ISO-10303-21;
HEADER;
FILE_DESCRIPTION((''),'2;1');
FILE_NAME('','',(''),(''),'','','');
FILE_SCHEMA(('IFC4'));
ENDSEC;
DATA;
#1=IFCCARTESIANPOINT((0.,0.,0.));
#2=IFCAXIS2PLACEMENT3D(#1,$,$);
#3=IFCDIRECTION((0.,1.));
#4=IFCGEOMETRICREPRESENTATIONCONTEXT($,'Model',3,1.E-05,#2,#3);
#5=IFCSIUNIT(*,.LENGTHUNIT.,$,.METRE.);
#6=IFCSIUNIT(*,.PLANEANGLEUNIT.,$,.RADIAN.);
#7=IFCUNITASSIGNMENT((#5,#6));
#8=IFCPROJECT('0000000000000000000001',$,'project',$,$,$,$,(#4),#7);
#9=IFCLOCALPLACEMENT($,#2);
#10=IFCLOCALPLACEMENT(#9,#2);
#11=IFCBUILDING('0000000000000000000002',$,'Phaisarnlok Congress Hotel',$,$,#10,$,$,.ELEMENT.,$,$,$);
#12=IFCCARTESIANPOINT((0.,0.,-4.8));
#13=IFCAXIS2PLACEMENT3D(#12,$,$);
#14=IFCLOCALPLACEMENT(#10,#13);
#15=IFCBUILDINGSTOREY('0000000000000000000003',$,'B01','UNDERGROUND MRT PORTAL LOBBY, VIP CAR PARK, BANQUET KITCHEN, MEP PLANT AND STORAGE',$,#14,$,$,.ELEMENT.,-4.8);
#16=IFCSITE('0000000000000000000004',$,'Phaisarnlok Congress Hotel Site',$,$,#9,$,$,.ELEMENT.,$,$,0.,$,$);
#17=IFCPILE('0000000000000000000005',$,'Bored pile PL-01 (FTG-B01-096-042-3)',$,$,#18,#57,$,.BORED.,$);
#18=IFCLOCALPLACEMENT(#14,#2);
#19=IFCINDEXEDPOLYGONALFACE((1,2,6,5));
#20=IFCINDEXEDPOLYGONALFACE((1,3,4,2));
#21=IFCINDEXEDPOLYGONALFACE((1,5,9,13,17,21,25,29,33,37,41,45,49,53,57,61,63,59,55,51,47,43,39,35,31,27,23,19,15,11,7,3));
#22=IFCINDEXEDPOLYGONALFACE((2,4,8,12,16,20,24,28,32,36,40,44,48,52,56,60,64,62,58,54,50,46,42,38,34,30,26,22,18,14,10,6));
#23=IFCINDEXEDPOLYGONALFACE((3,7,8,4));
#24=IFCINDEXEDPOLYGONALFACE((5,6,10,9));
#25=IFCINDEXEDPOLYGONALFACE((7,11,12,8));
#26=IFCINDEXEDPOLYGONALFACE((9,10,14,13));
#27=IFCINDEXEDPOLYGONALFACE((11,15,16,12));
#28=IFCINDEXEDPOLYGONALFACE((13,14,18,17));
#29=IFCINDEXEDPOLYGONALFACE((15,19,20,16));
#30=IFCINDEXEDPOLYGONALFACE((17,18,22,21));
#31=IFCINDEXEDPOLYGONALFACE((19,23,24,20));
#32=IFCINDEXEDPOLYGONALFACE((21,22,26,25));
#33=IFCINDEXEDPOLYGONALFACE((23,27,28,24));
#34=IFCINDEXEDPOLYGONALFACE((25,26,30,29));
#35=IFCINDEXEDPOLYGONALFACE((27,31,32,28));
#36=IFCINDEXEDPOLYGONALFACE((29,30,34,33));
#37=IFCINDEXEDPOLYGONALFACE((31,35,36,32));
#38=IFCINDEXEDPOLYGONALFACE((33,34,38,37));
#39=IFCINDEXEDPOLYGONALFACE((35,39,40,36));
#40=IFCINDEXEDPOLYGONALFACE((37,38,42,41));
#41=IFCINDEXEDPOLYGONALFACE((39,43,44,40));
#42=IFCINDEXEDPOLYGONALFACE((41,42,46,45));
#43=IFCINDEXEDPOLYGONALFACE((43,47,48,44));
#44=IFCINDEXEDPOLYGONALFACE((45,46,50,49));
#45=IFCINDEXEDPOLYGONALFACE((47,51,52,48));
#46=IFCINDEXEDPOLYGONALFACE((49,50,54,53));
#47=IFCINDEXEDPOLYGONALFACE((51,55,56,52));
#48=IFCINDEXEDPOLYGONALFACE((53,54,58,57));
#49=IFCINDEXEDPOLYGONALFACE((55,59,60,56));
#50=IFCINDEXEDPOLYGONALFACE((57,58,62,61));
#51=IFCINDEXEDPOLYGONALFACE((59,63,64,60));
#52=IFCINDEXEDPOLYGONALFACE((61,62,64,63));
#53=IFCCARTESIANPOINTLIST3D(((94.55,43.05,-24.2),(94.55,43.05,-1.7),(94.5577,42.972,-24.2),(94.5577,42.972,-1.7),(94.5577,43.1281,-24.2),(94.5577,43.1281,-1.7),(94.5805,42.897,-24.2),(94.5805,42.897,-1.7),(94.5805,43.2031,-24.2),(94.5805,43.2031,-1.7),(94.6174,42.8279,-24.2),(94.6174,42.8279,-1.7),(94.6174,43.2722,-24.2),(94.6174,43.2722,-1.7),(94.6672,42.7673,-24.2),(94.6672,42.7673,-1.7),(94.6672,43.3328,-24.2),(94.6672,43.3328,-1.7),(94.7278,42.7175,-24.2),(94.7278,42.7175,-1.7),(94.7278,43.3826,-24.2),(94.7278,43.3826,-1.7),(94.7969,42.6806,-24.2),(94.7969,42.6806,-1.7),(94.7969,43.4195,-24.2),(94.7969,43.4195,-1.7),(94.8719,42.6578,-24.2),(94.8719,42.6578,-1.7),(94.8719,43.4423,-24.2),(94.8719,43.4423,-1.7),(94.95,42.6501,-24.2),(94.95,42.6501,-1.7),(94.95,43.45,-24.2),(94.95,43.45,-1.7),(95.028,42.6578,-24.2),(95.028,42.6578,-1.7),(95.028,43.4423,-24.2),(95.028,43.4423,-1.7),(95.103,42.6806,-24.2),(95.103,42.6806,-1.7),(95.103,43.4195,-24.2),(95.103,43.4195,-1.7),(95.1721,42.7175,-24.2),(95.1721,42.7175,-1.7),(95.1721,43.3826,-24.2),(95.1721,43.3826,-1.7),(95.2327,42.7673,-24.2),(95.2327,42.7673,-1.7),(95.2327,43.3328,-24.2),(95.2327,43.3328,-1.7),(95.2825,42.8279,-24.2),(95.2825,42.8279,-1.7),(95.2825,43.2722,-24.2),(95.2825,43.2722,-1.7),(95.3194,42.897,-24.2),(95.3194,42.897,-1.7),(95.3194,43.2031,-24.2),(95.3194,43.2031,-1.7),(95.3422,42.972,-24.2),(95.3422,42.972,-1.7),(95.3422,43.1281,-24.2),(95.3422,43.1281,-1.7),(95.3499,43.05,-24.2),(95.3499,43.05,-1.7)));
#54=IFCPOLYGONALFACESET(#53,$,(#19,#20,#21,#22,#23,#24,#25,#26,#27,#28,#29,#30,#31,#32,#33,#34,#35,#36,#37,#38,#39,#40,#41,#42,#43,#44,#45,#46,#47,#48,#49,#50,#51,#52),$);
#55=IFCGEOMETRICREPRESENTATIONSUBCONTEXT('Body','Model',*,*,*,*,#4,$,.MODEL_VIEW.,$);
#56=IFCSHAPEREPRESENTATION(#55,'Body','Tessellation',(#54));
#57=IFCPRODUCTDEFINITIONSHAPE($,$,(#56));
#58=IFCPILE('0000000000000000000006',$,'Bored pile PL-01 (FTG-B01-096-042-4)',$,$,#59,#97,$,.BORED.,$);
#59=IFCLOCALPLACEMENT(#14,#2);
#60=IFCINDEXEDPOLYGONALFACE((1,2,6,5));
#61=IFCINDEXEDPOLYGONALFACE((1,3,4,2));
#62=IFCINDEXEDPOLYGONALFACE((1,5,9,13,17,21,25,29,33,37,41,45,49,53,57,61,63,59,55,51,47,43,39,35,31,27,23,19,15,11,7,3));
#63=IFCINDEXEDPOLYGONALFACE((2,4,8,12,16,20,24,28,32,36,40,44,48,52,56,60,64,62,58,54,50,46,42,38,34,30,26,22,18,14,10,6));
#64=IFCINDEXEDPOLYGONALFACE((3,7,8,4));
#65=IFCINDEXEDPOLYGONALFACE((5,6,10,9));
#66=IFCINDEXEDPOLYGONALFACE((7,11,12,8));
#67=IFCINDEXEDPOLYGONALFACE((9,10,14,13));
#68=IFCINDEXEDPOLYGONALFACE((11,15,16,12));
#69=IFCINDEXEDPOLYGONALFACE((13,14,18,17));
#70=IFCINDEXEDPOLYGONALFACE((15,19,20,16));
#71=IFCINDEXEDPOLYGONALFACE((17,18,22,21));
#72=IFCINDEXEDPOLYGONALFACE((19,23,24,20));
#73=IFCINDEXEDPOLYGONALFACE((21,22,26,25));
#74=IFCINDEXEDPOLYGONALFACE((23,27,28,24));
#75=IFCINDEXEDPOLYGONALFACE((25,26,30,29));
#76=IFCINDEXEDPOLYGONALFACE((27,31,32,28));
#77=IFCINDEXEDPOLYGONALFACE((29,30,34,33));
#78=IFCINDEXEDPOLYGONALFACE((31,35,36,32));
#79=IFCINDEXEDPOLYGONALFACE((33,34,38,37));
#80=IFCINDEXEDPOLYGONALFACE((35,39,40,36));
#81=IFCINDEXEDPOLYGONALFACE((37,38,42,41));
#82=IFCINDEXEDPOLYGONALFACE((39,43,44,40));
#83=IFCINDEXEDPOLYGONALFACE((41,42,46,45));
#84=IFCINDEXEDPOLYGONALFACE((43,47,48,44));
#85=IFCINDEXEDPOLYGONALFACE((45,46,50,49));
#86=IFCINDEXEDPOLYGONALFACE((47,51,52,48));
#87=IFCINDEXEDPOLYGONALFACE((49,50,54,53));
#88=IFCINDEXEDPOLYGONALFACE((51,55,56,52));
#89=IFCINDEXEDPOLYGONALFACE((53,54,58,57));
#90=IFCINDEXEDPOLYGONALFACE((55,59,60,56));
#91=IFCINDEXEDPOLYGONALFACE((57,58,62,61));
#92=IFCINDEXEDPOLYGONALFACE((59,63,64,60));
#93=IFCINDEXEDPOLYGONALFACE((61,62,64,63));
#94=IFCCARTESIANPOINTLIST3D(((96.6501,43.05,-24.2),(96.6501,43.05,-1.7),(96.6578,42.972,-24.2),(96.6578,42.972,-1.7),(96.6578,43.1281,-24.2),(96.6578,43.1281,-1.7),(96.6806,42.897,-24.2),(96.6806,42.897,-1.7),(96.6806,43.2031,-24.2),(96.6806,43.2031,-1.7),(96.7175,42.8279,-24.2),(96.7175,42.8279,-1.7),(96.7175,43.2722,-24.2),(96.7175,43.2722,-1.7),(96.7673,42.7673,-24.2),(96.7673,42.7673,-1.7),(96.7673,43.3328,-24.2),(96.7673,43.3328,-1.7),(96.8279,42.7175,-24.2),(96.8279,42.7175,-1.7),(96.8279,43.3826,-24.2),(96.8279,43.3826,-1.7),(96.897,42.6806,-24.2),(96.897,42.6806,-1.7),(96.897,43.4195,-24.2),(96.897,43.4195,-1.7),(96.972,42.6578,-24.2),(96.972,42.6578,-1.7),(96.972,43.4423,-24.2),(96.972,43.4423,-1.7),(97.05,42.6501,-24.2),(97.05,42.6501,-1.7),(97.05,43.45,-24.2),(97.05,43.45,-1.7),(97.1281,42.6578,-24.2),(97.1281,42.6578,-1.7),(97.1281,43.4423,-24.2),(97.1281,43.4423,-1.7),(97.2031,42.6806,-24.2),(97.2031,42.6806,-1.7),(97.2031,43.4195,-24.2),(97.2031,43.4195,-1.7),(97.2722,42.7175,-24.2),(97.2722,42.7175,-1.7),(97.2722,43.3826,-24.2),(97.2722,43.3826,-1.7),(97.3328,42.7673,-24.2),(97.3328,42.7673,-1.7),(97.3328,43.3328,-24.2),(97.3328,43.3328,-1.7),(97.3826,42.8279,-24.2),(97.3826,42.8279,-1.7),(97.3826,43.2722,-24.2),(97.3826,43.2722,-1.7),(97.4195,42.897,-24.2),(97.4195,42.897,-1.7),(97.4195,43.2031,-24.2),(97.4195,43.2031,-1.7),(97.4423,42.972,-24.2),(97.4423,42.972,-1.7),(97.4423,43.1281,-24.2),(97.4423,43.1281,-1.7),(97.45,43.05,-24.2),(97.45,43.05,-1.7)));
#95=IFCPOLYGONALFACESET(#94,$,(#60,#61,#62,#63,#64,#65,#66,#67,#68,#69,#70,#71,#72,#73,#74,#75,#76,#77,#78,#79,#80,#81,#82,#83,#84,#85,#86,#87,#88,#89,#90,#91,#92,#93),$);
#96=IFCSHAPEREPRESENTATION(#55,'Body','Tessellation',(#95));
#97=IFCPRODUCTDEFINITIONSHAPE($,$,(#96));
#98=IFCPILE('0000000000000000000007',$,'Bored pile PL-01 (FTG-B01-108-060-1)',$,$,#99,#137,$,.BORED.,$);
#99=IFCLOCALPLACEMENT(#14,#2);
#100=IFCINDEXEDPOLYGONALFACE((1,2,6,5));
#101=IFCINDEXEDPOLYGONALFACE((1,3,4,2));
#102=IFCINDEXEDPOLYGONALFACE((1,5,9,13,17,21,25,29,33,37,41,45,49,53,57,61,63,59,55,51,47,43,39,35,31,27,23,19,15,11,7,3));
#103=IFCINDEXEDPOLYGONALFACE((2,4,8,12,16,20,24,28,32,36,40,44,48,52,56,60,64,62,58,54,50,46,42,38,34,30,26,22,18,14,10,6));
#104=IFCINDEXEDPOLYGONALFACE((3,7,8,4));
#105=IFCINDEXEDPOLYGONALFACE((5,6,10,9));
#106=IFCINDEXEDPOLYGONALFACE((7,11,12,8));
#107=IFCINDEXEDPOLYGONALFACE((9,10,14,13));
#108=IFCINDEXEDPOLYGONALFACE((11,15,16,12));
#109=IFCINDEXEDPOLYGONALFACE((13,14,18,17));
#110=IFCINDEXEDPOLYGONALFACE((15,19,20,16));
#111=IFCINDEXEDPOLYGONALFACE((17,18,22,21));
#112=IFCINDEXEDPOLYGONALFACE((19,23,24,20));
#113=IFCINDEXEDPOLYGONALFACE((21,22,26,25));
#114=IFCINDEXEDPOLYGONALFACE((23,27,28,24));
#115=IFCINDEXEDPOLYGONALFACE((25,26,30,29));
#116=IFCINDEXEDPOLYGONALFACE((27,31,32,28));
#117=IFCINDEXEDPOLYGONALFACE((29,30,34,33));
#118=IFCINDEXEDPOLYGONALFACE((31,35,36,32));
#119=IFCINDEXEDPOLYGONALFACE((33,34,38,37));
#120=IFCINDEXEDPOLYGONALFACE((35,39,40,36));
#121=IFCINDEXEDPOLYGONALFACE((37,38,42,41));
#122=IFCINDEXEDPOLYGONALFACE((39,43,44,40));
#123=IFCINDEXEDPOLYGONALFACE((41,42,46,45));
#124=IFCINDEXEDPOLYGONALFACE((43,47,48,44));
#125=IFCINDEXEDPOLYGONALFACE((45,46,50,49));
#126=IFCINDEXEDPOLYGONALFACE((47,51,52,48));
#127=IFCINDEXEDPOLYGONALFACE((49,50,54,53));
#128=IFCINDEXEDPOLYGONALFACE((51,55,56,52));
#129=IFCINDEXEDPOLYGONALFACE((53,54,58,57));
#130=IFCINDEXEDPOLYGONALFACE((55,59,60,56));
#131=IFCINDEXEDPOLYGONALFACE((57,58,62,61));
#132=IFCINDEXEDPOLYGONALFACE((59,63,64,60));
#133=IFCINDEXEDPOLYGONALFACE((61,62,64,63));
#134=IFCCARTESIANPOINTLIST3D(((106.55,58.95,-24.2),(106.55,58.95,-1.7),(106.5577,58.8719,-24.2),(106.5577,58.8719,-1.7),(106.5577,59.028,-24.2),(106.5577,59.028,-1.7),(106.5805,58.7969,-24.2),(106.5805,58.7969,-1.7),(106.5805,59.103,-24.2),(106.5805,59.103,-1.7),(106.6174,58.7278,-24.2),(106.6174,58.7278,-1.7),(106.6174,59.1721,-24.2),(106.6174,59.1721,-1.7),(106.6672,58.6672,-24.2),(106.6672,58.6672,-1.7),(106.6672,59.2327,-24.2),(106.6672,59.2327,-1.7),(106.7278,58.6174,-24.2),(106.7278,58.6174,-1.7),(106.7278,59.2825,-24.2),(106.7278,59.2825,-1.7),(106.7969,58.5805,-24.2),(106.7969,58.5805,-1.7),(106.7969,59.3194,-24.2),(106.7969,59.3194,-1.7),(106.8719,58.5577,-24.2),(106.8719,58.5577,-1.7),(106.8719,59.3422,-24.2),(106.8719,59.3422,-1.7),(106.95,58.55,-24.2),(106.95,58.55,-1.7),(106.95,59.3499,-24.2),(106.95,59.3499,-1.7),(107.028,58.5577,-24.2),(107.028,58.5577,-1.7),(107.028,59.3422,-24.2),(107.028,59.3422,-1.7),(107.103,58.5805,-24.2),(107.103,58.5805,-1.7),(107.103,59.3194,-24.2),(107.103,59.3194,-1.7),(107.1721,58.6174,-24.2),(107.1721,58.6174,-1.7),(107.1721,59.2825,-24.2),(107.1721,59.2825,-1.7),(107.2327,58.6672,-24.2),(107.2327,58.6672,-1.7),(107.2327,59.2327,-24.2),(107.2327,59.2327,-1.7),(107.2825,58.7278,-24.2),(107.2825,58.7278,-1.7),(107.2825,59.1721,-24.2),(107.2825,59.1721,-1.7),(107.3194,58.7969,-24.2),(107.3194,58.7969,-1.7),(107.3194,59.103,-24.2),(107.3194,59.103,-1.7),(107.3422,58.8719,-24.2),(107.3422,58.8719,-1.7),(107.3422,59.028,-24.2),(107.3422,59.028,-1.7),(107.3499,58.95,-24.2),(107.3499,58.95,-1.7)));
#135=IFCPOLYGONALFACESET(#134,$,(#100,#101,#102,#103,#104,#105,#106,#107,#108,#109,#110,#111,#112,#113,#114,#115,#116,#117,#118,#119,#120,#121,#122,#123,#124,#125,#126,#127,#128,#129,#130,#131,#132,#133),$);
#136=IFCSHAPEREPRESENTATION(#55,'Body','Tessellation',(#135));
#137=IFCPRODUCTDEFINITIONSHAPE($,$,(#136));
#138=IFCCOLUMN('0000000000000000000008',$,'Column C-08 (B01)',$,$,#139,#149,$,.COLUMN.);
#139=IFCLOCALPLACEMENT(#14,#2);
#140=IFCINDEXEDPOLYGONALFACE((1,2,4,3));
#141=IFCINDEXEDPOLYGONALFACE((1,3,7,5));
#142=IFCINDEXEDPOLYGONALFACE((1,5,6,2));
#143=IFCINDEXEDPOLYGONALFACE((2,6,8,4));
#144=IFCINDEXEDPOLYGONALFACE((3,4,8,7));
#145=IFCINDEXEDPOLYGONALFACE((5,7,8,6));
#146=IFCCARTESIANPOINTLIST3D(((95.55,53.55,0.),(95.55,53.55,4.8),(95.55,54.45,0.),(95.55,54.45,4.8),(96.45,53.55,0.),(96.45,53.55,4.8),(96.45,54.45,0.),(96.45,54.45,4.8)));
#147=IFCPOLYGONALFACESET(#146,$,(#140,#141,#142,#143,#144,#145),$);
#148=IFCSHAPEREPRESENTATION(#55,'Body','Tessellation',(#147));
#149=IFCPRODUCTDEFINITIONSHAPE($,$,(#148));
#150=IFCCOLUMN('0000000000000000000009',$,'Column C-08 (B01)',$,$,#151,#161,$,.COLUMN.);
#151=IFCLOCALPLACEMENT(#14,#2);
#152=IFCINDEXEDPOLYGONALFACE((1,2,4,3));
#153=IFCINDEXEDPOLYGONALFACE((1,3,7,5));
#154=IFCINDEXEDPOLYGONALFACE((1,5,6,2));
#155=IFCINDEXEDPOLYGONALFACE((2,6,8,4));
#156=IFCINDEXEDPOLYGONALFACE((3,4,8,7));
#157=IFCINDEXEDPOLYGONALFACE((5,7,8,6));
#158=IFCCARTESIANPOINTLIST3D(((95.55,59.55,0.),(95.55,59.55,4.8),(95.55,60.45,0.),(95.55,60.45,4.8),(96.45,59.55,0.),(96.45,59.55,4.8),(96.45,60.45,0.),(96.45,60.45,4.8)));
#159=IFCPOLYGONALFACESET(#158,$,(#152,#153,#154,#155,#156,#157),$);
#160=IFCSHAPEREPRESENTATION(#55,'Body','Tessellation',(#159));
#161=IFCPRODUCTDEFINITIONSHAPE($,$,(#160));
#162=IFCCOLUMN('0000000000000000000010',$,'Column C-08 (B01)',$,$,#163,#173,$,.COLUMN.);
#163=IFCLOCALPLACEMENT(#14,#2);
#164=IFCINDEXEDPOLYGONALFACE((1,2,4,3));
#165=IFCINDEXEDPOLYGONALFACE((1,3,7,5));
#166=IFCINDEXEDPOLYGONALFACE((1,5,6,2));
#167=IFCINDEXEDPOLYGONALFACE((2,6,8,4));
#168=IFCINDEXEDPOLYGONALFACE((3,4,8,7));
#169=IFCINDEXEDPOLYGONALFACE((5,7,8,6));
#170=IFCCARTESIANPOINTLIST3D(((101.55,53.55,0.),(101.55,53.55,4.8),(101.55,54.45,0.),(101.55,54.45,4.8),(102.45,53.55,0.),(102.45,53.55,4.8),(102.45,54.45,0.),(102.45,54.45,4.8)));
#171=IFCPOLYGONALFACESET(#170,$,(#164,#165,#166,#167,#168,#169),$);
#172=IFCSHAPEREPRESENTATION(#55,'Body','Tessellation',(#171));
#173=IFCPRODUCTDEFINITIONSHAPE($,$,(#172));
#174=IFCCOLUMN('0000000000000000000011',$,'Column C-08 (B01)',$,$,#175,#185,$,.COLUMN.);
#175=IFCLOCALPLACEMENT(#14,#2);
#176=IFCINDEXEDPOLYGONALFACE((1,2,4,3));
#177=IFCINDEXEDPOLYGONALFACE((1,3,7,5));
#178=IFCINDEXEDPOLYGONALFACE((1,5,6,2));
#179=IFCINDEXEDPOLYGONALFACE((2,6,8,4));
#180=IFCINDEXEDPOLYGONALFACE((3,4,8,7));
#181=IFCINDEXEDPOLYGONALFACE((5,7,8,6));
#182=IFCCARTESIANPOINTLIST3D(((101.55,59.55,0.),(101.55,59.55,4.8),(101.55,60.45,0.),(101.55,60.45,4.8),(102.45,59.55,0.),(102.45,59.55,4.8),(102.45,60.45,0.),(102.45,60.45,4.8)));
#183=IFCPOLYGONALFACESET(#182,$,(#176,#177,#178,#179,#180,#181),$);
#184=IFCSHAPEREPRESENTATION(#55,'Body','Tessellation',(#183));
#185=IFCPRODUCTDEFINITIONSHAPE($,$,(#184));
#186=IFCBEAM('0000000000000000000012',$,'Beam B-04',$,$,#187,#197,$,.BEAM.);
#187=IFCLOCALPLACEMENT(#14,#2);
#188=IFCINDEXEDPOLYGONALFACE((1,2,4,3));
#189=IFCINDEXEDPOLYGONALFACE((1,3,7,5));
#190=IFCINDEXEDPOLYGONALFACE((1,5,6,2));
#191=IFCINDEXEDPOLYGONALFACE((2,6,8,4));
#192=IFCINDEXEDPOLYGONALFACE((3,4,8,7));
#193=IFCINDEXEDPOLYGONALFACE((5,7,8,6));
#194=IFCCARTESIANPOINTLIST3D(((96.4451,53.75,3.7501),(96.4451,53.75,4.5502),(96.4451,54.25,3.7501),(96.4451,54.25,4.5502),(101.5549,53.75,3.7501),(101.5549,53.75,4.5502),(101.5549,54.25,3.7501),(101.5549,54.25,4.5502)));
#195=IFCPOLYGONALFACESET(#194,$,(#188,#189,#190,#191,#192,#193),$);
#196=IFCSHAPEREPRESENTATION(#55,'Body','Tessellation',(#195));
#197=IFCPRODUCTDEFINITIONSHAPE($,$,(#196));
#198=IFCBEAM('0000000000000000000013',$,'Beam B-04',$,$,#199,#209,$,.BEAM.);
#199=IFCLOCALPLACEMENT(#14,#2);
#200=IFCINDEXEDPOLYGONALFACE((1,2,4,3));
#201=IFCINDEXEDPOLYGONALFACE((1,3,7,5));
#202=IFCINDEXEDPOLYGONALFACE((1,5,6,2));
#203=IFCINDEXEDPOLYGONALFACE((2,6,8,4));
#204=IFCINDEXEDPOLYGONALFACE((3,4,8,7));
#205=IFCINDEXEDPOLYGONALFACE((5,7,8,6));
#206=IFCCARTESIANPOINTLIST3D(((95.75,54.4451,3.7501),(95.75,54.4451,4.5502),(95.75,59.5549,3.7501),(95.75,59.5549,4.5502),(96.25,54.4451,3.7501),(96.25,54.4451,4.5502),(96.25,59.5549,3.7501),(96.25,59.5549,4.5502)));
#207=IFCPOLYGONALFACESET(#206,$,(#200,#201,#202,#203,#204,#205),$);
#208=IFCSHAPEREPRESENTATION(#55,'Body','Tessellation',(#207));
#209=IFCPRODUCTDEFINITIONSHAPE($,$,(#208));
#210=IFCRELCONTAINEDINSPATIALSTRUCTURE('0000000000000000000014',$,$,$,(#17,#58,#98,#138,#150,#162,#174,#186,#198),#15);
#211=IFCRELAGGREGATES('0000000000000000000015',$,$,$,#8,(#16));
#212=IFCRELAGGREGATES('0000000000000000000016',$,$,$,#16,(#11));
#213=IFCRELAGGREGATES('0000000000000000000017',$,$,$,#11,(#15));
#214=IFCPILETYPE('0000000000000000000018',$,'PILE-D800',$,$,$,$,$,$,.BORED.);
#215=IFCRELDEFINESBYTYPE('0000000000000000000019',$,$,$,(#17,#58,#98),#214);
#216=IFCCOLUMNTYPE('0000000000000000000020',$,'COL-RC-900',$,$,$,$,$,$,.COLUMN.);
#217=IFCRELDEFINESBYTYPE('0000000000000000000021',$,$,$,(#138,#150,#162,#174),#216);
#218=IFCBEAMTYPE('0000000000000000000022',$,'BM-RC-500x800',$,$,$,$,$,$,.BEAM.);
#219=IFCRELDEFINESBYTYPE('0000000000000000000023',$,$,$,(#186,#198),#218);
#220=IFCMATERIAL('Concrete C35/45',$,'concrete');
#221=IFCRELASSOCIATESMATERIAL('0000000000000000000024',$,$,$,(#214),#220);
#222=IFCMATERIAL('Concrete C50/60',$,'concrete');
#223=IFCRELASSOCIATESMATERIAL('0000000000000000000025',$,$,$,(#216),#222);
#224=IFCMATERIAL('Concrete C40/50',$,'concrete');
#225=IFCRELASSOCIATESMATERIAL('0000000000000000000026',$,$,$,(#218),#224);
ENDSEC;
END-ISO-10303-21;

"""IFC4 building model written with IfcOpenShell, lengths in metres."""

from ifc_helpers import new_model, si_unit, direction, frame, origin, origin_2d, place, context, subcontext, project, spatial, rectangle, circle, extrude, material, material_profile, profile_set, type_object, element, save


model = new_model("IFC4")

# Units and contexts
model_context = context("Model", 3, precision=1e-05, world=origin(), true_north=direction((0.0, 1.0)))
body_context = subcontext(model_context, "Body", "Model", "MODEL_VIEW")
ifc_project = project(units=[si_unit("LENGTHUNIT", "METRE"), si_unit("PLANEANGLEUNIT", "RADIAN")], contexts=[model_context])

# Site, building, storey
site_placement = place(None, origin())
site = spatial("IfcSite", under=ifc_project, at=site_placement, Name="Phaisarnlok Congress Hotel Site", CompositionType="ELEMENT", RefElevation=0.0)
building_placement = place(site_placement, origin())
building = spatial("IfcBuilding", under=site, at=building_placement, Name="Phaisarnlok Congress Hotel", CompositionType="ELEMENT")
storey_placement = place(building_placement, frame((0.0, 0.0, -4.8)))
storey = spatial("IfcBuildingStorey", under=building, at=storey_placement, Name="B01", Description="UNDERGROUND MRT PORTAL LOBBY, VIP CAR PARK, BANQUET KITCHEN, MEP PLANT AND STORAGE", CompositionType="ELEMENT", Elevation=-4.8)

# Shared definitions
ifc_material_1 = material(Name="Concrete C40/50", Category="concrete")

# Piles
ifc_material_2 = material(Name="Concrete C35/45", Category="concrete")
ifc_material_profile_1 = material_profile(ifc_material_2, circle(Radius=0.3999, at=origin_2d()), Name="BORED PILE D800")
ifc_profile_set_1 = profile_set([ifc_material_profile_1], Name="Concrete C35/45")
pile_type_1 = type_object("IfcPileType", Name="PILE-D800", PredefinedType="BORED", material=ifc_profile_set_1)
for number, where, z_axis, x_axis, name in (
    (1, (94.95, 43.05, -1.7), (0.0, 0.0, -1.0), (1.0, 0.0, 0.0), "Bored pile PL-01 (FTG-B01-096-042-3)"),
    (2, (97.05, 43.05, -1.7), (0.0, 0.0, -1.0), (1.0, 0.0, 0.0), "Bored pile PL-01 (FTG-B01-096-042-4)"),
    (3, (106.95, 58.95, -1.7), (0.0, 0.0, -1.0), (1.0, 0.0, 0.0), "Bored pile PL-01 (FTG-B01-108-060-1)"),
):
    element("IfcPile", number, at=place(storey_placement, frame(where, z_axis=z_axis, x_axis=x_axis)), inside=storey, type_object=pile_type_1, Name=name, PredefinedType="BORED", context=body_context, shape_type="SweptSolid", body=[
        extrude(circle(Radius=0.3999, at=origin_2d()), origin(), (0.0, 0.0, 1.0), 22.5),
    ])

# Columns
ifc_material_3 = material(Name="Concrete C50/60", Category="concrete")
ifc_material_profile_2 = material_profile(ifc_material_3, rectangle(XDim=0.8999, YDim=0.8999, at=origin_2d()), Name="RC 900x900")
ifc_profile_set_2 = profile_set([ifc_material_profile_2], Name="Concrete C50/60")
column_type = type_object("IfcColumnType", Name="COL-RC-900", PredefinedType="COLUMN", material=ifc_profile_set_2)
for number, where, z_axis, x_axis, name in (
    (4, (96.0, 54.0, 0.0), (0.0, 0.0, 1.0), (1.0, 0.0, 0.0), "Column C-08 (B01)"),
    (5, (96.0, 60.0, 0.0), (0.0, 0.0, 1.0), (1.0, 0.0, 0.0), "Column C-08 (B01)"),
    (6, (102.0, 54.0, 0.0), (0.0, 0.0, 1.0), (1.0, 0.0, 0.0), "Column C-08 (B01)"),
    (7, (102.0, 60.0, 0.0), (0.0, 0.0, 1.0), (1.0, 0.0, 0.0), "Column C-08 (B01)"),
):
    element("IfcColumn", number, at=place(storey_placement, frame(where, z_axis=z_axis, x_axis=x_axis)), inside=storey, type_object=column_type, Name=name, PredefinedType="COLUMN", context=body_context, shape_type="SweptSolid", body=[
        extrude(rectangle(XDim=0.8999, YDim=0.8999, at=origin_2d()), origin(), (0.0, 0.0, 1.0), 4.8),
    ])

# Beams
ifc_material_profile_3 = material_profile(ifc_material_1, rectangle(XDim=0.5, YDim=0.8, at=origin_2d()), Name="RC 500x800")
ifc_profile_set_3 = profile_set([ifc_material_profile_3], Name="Concrete C40/50")
beam_type_1 = type_object("IfcBeamType", Name="BM-RC-500x800", PredefinedType="BEAM", material=ifc_profile_set_3)
for number, where, z_axis, x_axis, name in (
    (8, (96.4451, 54.0, 4.1501), (1.0, 0.0, 0.0), (0.0, 1.0, 0.0), "Beam B-04"),
    (9, (96.0, 54.4451, 4.1501), (0.0, 1.0, 0.0), (-1.0, 0.0, 0.0), "Beam B-04"),
):
    element("IfcBeam", number, at=place(storey_placement, frame(where, z_axis=z_axis, x_axis=x_axis)), inside=storey, type_object=beam_type_1, Name=name, PredefinedType="BEAM", context=body_context, shape_type="SweptSolid", body=[
        extrude(rectangle(XDim=0.5, YDim=0.8, at=origin_2d()), origin(), (0.0, 0.0, 1.0), 5.1099),
    ])

save(model, "model.ifc")
